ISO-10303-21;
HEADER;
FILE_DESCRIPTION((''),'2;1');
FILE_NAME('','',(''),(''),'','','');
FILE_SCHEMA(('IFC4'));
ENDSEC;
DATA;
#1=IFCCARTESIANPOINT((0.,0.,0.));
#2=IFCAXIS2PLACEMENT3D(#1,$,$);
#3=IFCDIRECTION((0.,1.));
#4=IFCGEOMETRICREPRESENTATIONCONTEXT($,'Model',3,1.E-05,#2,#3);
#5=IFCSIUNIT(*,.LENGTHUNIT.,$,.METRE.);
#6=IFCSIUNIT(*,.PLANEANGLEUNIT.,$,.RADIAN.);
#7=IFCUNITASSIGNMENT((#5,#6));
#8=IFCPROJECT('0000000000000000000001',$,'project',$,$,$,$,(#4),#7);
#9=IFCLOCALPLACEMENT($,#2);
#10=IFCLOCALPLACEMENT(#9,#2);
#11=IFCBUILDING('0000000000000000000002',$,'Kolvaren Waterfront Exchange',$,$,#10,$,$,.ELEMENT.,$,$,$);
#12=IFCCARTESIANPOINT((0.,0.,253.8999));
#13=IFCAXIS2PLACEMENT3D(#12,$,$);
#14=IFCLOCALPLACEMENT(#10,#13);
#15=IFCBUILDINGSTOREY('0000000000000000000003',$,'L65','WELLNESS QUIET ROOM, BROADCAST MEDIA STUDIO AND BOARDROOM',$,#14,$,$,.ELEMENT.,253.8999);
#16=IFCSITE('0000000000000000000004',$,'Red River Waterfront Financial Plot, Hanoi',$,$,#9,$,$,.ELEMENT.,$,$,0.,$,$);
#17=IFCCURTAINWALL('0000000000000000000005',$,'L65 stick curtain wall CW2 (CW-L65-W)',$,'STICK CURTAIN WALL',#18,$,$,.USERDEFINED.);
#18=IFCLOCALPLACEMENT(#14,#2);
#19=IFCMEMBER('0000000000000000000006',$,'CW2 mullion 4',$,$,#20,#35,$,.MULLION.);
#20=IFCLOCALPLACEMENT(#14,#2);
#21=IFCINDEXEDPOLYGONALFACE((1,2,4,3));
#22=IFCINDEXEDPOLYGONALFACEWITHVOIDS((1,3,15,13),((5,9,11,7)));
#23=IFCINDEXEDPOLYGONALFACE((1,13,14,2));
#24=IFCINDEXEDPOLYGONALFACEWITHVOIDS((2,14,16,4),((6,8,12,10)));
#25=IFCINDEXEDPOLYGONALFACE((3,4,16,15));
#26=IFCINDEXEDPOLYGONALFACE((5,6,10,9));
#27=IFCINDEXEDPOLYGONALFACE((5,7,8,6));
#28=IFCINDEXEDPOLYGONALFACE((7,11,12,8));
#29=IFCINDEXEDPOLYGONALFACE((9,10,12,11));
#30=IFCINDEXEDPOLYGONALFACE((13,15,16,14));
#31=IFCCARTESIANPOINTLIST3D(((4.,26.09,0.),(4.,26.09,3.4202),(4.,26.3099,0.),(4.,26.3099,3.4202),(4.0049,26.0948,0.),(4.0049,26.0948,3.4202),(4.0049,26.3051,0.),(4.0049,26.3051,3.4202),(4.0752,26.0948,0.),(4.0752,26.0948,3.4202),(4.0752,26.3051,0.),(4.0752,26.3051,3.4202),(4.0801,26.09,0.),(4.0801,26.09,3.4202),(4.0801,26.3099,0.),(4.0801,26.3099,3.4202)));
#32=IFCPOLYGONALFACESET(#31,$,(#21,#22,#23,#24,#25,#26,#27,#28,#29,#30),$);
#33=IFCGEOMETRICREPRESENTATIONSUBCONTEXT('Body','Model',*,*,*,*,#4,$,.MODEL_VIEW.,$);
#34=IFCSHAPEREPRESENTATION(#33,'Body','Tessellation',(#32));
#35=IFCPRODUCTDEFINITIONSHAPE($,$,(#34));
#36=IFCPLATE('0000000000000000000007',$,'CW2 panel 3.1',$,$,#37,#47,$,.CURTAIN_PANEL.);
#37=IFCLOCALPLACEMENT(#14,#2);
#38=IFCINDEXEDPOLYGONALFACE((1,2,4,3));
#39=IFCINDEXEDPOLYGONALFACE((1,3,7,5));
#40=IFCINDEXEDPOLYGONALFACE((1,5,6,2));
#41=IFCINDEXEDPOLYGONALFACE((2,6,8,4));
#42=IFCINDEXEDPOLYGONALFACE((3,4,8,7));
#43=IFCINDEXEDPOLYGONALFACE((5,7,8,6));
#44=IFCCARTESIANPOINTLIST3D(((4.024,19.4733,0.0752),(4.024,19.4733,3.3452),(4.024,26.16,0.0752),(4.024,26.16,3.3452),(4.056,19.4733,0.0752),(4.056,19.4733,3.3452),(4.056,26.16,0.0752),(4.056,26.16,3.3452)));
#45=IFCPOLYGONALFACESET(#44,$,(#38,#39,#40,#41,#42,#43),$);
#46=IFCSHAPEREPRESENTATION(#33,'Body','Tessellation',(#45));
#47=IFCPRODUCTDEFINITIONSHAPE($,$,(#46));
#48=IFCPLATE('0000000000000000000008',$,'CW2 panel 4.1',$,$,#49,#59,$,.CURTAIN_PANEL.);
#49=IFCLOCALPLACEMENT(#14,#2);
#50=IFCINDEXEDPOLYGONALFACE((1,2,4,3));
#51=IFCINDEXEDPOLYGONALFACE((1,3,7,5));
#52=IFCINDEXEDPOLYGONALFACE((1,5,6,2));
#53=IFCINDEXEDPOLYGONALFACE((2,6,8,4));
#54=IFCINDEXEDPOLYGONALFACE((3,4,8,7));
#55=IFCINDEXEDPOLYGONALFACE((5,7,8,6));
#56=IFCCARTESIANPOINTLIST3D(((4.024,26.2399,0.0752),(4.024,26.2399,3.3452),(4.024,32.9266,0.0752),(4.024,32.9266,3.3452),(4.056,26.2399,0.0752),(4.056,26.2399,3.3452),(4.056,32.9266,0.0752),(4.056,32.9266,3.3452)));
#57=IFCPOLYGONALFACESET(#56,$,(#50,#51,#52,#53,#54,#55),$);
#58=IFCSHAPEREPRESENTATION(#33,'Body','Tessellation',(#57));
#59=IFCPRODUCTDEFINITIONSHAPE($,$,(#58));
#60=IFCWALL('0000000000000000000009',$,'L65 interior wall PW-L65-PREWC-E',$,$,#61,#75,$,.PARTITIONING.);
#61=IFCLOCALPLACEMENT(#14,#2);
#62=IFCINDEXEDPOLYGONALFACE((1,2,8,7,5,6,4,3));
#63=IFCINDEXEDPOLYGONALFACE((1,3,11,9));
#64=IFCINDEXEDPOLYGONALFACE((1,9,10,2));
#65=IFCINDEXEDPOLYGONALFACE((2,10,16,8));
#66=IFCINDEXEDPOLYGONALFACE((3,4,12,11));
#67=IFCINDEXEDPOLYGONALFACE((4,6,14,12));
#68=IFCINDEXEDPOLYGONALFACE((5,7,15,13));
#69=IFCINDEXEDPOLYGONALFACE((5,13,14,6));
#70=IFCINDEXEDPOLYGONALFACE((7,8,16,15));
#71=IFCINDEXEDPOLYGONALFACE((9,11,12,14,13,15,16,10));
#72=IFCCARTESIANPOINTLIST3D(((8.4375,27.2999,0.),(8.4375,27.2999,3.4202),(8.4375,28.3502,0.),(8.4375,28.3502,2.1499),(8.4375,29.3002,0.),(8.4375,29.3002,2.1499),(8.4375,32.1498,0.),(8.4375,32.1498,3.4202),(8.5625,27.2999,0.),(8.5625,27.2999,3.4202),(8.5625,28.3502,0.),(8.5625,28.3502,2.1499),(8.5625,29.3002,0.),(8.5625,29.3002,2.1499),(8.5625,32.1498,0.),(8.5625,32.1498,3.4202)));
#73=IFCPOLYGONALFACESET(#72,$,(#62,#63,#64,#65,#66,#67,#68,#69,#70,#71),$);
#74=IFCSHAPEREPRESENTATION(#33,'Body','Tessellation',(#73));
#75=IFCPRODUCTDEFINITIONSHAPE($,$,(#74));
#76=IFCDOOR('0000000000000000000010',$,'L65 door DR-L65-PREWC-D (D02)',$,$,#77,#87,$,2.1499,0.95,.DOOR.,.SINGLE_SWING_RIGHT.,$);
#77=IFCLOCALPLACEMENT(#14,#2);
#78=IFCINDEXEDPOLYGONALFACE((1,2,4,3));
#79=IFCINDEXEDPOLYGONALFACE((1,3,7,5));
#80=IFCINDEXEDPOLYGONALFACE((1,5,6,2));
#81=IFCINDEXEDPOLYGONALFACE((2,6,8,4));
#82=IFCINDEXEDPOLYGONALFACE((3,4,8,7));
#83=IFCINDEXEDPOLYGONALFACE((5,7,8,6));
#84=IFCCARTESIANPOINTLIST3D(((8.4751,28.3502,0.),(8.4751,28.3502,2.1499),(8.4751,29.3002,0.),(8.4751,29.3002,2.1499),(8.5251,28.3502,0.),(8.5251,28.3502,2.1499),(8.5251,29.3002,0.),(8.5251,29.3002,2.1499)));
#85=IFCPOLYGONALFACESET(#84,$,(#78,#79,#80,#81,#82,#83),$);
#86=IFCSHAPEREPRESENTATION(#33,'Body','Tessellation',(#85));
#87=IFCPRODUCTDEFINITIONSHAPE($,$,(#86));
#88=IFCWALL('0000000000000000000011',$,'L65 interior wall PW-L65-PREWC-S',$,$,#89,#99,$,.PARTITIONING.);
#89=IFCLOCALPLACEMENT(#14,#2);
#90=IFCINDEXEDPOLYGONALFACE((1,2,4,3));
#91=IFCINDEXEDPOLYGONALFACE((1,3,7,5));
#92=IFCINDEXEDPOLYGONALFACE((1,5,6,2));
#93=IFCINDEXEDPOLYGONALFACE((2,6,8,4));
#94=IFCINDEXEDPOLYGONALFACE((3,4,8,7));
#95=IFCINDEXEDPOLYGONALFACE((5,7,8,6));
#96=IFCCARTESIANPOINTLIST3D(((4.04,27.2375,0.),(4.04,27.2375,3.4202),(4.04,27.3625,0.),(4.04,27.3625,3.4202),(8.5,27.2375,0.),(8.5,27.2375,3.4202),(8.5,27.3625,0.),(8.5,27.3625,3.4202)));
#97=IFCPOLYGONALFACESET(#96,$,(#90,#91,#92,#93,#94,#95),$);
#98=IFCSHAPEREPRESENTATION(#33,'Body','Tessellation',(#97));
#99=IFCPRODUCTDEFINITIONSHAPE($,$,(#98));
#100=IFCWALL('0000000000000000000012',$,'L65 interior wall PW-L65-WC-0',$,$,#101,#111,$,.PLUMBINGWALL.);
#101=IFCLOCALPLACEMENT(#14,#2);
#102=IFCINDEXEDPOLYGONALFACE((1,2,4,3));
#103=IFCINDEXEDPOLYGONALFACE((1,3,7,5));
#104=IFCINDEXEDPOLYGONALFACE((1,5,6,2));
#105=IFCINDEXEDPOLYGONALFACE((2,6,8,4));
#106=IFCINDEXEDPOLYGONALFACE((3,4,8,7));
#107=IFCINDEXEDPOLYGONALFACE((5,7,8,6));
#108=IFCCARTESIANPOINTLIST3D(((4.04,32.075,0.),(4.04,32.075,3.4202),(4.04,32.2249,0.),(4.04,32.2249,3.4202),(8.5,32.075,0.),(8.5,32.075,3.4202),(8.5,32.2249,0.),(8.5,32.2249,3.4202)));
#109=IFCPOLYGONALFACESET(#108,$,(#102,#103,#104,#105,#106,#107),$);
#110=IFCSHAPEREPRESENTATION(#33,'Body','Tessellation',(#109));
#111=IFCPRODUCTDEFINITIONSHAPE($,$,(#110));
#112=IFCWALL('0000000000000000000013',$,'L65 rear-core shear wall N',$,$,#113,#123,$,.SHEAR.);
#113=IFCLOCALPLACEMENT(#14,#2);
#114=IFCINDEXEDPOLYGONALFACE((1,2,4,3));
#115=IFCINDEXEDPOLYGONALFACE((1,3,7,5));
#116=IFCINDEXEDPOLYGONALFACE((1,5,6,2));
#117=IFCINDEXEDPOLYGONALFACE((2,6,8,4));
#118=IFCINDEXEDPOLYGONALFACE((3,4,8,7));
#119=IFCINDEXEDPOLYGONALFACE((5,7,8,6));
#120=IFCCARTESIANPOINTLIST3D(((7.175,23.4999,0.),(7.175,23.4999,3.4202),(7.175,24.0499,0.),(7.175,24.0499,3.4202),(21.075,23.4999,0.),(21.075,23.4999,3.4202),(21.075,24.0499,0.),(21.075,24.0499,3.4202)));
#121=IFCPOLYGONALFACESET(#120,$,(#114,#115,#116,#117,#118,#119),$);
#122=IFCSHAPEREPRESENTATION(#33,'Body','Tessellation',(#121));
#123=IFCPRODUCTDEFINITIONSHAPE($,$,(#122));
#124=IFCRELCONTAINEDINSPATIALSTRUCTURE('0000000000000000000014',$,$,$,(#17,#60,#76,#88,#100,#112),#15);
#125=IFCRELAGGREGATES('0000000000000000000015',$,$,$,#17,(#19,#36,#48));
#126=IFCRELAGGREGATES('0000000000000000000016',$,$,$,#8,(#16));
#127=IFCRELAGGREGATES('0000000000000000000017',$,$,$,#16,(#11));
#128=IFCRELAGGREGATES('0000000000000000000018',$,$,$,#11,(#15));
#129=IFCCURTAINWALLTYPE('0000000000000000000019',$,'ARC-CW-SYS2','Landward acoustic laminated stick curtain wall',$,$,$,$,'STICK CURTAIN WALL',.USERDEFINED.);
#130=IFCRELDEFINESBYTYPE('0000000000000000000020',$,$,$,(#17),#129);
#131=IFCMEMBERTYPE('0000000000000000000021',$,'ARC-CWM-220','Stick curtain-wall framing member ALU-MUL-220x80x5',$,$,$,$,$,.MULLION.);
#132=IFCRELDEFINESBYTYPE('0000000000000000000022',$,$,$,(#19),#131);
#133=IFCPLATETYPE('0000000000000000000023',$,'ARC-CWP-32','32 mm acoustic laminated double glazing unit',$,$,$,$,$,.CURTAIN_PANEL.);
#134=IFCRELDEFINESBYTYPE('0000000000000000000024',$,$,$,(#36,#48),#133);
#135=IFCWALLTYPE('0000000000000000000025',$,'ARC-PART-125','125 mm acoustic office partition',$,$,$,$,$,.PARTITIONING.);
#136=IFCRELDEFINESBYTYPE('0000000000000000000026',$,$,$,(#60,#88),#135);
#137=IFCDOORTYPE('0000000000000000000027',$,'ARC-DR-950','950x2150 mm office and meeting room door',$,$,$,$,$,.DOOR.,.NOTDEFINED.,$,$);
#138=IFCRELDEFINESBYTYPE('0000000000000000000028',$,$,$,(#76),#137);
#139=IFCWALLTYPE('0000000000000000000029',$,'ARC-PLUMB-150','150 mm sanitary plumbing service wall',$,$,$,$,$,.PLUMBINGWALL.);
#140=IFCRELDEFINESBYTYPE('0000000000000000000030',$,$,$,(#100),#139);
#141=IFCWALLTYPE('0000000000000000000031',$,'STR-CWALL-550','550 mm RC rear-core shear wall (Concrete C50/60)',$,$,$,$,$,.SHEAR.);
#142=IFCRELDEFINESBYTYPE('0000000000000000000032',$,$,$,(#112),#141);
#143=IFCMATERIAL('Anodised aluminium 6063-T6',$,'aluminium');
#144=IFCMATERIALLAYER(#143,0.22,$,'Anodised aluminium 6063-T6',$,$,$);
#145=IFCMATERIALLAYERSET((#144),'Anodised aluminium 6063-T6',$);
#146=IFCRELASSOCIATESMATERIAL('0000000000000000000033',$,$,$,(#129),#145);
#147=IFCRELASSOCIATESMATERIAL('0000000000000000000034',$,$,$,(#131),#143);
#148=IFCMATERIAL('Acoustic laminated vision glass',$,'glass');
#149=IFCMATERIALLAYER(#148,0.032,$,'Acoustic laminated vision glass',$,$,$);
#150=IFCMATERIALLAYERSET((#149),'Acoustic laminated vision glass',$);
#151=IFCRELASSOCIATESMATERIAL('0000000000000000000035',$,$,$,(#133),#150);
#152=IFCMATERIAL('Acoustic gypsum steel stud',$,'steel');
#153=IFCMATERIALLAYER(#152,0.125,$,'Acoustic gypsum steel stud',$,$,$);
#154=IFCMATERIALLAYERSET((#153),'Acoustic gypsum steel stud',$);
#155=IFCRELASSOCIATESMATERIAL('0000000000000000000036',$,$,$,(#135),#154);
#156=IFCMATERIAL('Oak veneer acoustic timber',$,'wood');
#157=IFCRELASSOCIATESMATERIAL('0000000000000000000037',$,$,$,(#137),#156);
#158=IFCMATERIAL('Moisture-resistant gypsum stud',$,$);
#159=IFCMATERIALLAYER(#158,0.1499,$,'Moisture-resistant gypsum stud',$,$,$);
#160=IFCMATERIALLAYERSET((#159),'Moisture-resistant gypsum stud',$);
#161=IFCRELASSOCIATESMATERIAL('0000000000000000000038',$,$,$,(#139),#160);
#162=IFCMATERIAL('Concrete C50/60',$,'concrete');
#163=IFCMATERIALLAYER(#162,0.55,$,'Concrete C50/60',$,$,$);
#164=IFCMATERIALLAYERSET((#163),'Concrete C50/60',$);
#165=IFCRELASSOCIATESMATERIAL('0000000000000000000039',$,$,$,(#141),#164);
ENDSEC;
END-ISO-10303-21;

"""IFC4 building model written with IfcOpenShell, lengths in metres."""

from ifc_helpers import new_model, si_unit, direction, frame, frame_2d, origin, origin_with_axes, origin_2d, place, context, subcontext, project, spatial, rectangle, hollow_rectangle, extrude, source, transform, mapped, material, layer, layer_set, material_profile, profile_set, type_object, element, fill, aggregate, save


model = new_model("IFC4")

# Units and contexts
model_context = context("Model", 3, precision=1e-05, world=origin(), true_north=direction((0.0, 1.0)))
body_context = subcontext(model_context, "Body", "Model", "MODEL_VIEW")
ifc_project = project(units=[si_unit("LENGTHUNIT", "METRE"), si_unit("PLANEANGLEUNIT", "RADIAN")], contexts=[model_context])

# Site, building, storey
site_placement = place(None, origin())
site = spatial("IfcSite", under=ifc_project, at=site_placement, Name="Red River Waterfront Financial Plot, Hanoi", CompositionType="ELEMENT", RefElevation=0.0)
building_placement = place(site_placement, origin())
building = spatial("IfcBuilding", under=site, at=building_placement, Name="Kolvaren Waterfront Exchange", CompositionType="ELEMENT")
storey_placement = place(building_placement, frame((0.0, 0.0, 253.8999)))
storey = spatial("IfcBuildingStorey", under=building, at=storey_placement, Name="L65", Description="WELLNESS QUIET ROOM, BROADCAST MEDIA STUDIO AND BOARDROOM", CompositionType="ELEMENT", Elevation=253.8999)

# Shared definitions
ifc_material_1 = material(Name="Concrete C50/60", Category="concrete")

# Curtain wall, member, plates
ifc_material_2 = material(Name="Anodised aluminium 6063-T6", Category="aluminium")
ifc_layer_1 = layer(ifc_material_2, 0.22, Name="Anodised aluminium 6063-T6")
ifc_layer_set_1 = layer_set([ifc_layer_1], Name="Anodised aluminium 6063-T6")
curtain_wall_type = type_object("IfcCurtainWallType", Name="ARC-CW-SYS2", Description="Landward acoustic laminated stick curtain wall", ElementType="STICK CURTAIN WALL", PredefinedType="USERDEFINED", material=ifc_layer_set_1)
curtain_wall_placement = place(storey_placement, origin())
curtain_wall = element("IfcCurtainWall", 1, at=curtain_wall_placement, inside=storey, type_object=curtain_wall_type, Name="L65 stick curtain wall CW2 (CW-L65-W)", ObjectType="STICK CURTAIN WALL", PredefinedType="USERDEFINED")
ifc_material_profile_1 = material_profile(ifc_material_2, hollow_rectangle(XDim=0.0801, YDim=0.22, WallThickness=0.0049, at=origin_2d()), Name="ALU-MUL-220x80x5")
ifc_profile_set_1 = profile_set([ifc_material_profile_1], Name="Anodised aluminium 6063-T6")
member_type_1 = type_object("IfcMemberType", Name="ARC-CWM-220", Description="Stick curtain-wall framing member ALU-MUL-220x80x5", PredefinedType="MULLION", material=ifc_profile_set_1)
shared_shape_1 = source(origin_with_axes(), body_context, "Body", "SweptSolid", [
    extrude(hollow_rectangle(XDim=0.0801, YDim=0.22, WallThickness=0.0049, at=origin_2d()), origin(), (0.0, 0.0, 1.0), 3.4202),
])
member_1_placement = place(storey_placement, frame((4.04, 26.2, 0.0), z_axis=(0.0, 0.0, 1.0), x_axis=(-1.0, 0.0, 0.0)))
member_1 = element("IfcMember", 2, at=member_1_placement, type_object=member_type_1, Name="CW2 mullion 4", PredefinedType="MULLION", context=body_context, shape_type="MappedRepresentation", body=[
    mapped(shared_shape_1, transform((0.0, 0.0, 0.0), x_axis=(1.0, 0.0, 0.0), y_axis=(0.0, 1.0, 0.0), z_axis=(0.0, 0.0, 1.0), scale=1.0)),
])
ifc_material_3 = material(Name="Acoustic laminated vision glass", Category="glass")
ifc_layer_2 = layer(ifc_material_3, 0.032, Name="Acoustic laminated vision glass")
ifc_layer_set_2 = layer_set([ifc_layer_2], Name="Acoustic laminated vision glass")
plate_type = type_object("IfcPlateType", Name="ARC-CWP-32", Description="32 mm acoustic laminated double glazing unit", PredefinedType="CURTAIN_PANEL", material=ifc_layer_set_2)
shared_shape_2 = source(origin_with_axes(), body_context, "Body", "SweptSolid", [
    extrude(rectangle(XDim=6.6868, YDim=0.032, at=origin_2d()), origin(), (0.0, 0.0, 1.0), 3.27),
])
plate_1_placement = place(storey_placement, frame((4.04, 22.8167, 0.0752), z_axis=(0.0, 0.0, 1.0), x_axis=(0.0, 1.0, 0.0)))
plate_1 = element("IfcPlate", 3, at=plate_1_placement, type_object=plate_type, Name="CW2 panel 3.1", PredefinedType="CURTAIN_PANEL", context=body_context, shape_type="MappedRepresentation", body=[
    mapped(shared_shape_2, transform((0.0, 0.0, 0.0), x_axis=(1.0, 0.0, 0.0), y_axis=(0.0, 1.0, 0.0), z_axis=(0.0, 0.0, 1.0), scale=1.0)),
])
plate_2_placement = place(storey_placement, frame((4.04, 29.5833, 0.0752), z_axis=(0.0, 0.0, 1.0), x_axis=(0.0, 1.0, 0.0)))
plate_2 = element("IfcPlate", 4, at=plate_2_placement, type_object=plate_type, Name="CW2 panel 4.1", PredefinedType="CURTAIN_PANEL", context=body_context, shape_type="MappedRepresentation", body=[
    mapped(shared_shape_2, transform((0.0, 0.0, 0.0), x_axis=(1.0, 0.0, 0.0), y_axis=(0.0, 1.0, 0.0), z_axis=(0.0, 0.0, 1.0), scale=1.0)),
])
aggregate(curtain_wall, [member_1, plate_1, plate_2])

# Wall, opening, door
ifc_material_4 = material(Name="Acoustic gypsum steel stud", Category="steel")
ifc_layer_3 = layer(ifc_material_4, 0.125, Name="Acoustic gypsum steel stud")
ifc_layer_set_3 = layer_set([ifc_layer_3], Name="Acoustic gypsum steel stud")
wall_type_1 = type_object("IfcWallType", Name="ARC-PART-125", Description="125 mm acoustic office partition", PredefinedType="PARTITIONING", material=ifc_layer_set_3)
wall_1_placement = place(storey_placement, frame((8.5, 27.3, 0.0), z_axis=(0.0, 0.0, 1.0), x_axis=(0.0, 1.0, 0.0)))
wall_1 = element("IfcWall", 5, at=wall_1_placement, inside=storey, type_object=wall_type_1, Name="L65 interior wall PW-L65-PREWC-E", PredefinedType="PARTITIONING", context=body_context, shape_type="SweptSolid", body=[
    extrude(rectangle(XDim=4.8499, YDim=0.125, at=frame_2d((2.4248, 0.0))), origin(), (0.0, 0.0, 1.0), 3.4202),
])
opening_1_placement = place(wall_1_placement, frame((1.05, 0.0, 0.0)))
opening_1 = element("IfcOpeningElement", 6, at=opening_1_placement, cuts=wall_1, PredefinedType="OPENING", context=body_context, shape_type="SweptSolid", body=[
    extrude(rectangle(XDim=0.95, YDim=2.1499, at=frame_2d((0.4751, 1.075))), frame((0.0, 0.0725, 0.0), z_axis=(0.0, -1.0, 0.0), x_axis=(1.0, 0.0, 0.0)), (0.0, 0.0, 1.0), 0.145),
])
ifc_material_5 = material(Name="Oak veneer acoustic timber", Category="wood")
door_type_1 = type_object("IfcDoorType", Name="ARC-DR-950", Description="950x2150 mm office and meeting room door", OperationType="NOTDEFINED", PredefinedType="DOOR", material=ifc_material_5)
door_1_placement = place(opening_1_placement, origin())
door_1 = element("IfcDoor", 7, at=door_1_placement, inside=storey, type_object=door_type_1, Name="L65 door DR-L65-PREWC-D (D02)", OperationType="SINGLE_SWING_RIGHT", OverallHeight=2.1499, OverallWidth=0.95, PredefinedType="DOOR", context=body_context, shape_type="SweptSolid", body=[
    extrude(rectangle(XDim=0.95, YDim=2.1499, at=frame_2d((0.4751, 1.075))), frame((0.0, 0.0249, 0.0), z_axis=(0.0, -1.0, 0.0), x_axis=(1.0, 0.0, 0.0)), (0.0, 0.0, 1.0), 0.05),
])
fill(opening_1, door_1)

# Wall
wall_2_placement = place(storey_placement, frame((4.04, 27.3, 0.0), z_axis=(0.0, 0.0, 1.0), x_axis=(1.0, 0.0, 0.0)))
element("IfcWall", 8, at=wall_2_placement, inside=storey, type_object=wall_type_1, Name="L65 interior wall PW-L65-PREWC-S", PredefinedType="PARTITIONING", context=body_context, shape_type="SweptSolid", body=[
    extrude(rectangle(XDim=4.46, YDim=0.125, at=frame_2d((2.23, 0.0))), origin(), (0.0, 0.0, 1.0), 3.4202),
])

# Walls
ifc_material_6 = material(Name="Moisture-resistant gypsum stud")
ifc_layer_4 = layer(ifc_material_6, 0.1499, Name="Moisture-resistant gypsum stud")
ifc_layer_set_4 = layer_set([ifc_layer_4], Name="Moisture-resistant gypsum stud")
wall_type_2 = type_object("IfcWallType", Name="ARC-PLUMB-150", Description="150 mm sanitary plumbing service wall", PredefinedType="PLUMBINGWALL", material=ifc_layer_set_4)
wall_3_placement = place(storey_placement, frame((4.04, 32.1499, 0.0), z_axis=(0.0, 0.0, 1.0), x_axis=(1.0, 0.0, 0.0)))
element("IfcWall", 9, at=wall_3_placement, inside=storey, type_object=wall_type_2, Name="L65 interior wall PW-L65-WC-0", PredefinedType="PLUMBINGWALL", context=body_context, shape_type="SweptSolid", body=[
    extrude(rectangle(XDim=4.46, YDim=0.1499, at=frame_2d((2.23, 0.0))), origin(), (0.0, 0.0, 1.0), 3.4202),
])
ifc_layer_5 = layer(ifc_material_1, 0.55, Name="Concrete C50/60")
ifc_layer_set_5 = layer_set([ifc_layer_5], Name="Concrete C50/60")
wall_type_3 = type_object("IfcWallType", Name="STR-CWALL-550", Description="550 mm RC rear-core shear wall (Concrete C50/60)", PredefinedType="SHEAR", material=ifc_layer_set_5)
wall_4_placement = place(storey_placement, frame((7.175, 23.7749, 0.0), z_axis=(0.0, 0.0, 1.0), x_axis=(1.0, 0.0, 0.0)))
element("IfcWall", 10, at=wall_4_placement, inside=storey, type_object=wall_type_3, Name="L65 rear-core shear wall N", PredefinedType="SHEAR", context=body_context, shape_type="SweptSolid", body=[
    extrude(rectangle(XDim=13.8999, YDim=0.55, at=frame_2d((6.95, 0.0))), origin(), (0.0, 0.0, 1.0), 3.4202),
])

save(model, "model.ifc")
